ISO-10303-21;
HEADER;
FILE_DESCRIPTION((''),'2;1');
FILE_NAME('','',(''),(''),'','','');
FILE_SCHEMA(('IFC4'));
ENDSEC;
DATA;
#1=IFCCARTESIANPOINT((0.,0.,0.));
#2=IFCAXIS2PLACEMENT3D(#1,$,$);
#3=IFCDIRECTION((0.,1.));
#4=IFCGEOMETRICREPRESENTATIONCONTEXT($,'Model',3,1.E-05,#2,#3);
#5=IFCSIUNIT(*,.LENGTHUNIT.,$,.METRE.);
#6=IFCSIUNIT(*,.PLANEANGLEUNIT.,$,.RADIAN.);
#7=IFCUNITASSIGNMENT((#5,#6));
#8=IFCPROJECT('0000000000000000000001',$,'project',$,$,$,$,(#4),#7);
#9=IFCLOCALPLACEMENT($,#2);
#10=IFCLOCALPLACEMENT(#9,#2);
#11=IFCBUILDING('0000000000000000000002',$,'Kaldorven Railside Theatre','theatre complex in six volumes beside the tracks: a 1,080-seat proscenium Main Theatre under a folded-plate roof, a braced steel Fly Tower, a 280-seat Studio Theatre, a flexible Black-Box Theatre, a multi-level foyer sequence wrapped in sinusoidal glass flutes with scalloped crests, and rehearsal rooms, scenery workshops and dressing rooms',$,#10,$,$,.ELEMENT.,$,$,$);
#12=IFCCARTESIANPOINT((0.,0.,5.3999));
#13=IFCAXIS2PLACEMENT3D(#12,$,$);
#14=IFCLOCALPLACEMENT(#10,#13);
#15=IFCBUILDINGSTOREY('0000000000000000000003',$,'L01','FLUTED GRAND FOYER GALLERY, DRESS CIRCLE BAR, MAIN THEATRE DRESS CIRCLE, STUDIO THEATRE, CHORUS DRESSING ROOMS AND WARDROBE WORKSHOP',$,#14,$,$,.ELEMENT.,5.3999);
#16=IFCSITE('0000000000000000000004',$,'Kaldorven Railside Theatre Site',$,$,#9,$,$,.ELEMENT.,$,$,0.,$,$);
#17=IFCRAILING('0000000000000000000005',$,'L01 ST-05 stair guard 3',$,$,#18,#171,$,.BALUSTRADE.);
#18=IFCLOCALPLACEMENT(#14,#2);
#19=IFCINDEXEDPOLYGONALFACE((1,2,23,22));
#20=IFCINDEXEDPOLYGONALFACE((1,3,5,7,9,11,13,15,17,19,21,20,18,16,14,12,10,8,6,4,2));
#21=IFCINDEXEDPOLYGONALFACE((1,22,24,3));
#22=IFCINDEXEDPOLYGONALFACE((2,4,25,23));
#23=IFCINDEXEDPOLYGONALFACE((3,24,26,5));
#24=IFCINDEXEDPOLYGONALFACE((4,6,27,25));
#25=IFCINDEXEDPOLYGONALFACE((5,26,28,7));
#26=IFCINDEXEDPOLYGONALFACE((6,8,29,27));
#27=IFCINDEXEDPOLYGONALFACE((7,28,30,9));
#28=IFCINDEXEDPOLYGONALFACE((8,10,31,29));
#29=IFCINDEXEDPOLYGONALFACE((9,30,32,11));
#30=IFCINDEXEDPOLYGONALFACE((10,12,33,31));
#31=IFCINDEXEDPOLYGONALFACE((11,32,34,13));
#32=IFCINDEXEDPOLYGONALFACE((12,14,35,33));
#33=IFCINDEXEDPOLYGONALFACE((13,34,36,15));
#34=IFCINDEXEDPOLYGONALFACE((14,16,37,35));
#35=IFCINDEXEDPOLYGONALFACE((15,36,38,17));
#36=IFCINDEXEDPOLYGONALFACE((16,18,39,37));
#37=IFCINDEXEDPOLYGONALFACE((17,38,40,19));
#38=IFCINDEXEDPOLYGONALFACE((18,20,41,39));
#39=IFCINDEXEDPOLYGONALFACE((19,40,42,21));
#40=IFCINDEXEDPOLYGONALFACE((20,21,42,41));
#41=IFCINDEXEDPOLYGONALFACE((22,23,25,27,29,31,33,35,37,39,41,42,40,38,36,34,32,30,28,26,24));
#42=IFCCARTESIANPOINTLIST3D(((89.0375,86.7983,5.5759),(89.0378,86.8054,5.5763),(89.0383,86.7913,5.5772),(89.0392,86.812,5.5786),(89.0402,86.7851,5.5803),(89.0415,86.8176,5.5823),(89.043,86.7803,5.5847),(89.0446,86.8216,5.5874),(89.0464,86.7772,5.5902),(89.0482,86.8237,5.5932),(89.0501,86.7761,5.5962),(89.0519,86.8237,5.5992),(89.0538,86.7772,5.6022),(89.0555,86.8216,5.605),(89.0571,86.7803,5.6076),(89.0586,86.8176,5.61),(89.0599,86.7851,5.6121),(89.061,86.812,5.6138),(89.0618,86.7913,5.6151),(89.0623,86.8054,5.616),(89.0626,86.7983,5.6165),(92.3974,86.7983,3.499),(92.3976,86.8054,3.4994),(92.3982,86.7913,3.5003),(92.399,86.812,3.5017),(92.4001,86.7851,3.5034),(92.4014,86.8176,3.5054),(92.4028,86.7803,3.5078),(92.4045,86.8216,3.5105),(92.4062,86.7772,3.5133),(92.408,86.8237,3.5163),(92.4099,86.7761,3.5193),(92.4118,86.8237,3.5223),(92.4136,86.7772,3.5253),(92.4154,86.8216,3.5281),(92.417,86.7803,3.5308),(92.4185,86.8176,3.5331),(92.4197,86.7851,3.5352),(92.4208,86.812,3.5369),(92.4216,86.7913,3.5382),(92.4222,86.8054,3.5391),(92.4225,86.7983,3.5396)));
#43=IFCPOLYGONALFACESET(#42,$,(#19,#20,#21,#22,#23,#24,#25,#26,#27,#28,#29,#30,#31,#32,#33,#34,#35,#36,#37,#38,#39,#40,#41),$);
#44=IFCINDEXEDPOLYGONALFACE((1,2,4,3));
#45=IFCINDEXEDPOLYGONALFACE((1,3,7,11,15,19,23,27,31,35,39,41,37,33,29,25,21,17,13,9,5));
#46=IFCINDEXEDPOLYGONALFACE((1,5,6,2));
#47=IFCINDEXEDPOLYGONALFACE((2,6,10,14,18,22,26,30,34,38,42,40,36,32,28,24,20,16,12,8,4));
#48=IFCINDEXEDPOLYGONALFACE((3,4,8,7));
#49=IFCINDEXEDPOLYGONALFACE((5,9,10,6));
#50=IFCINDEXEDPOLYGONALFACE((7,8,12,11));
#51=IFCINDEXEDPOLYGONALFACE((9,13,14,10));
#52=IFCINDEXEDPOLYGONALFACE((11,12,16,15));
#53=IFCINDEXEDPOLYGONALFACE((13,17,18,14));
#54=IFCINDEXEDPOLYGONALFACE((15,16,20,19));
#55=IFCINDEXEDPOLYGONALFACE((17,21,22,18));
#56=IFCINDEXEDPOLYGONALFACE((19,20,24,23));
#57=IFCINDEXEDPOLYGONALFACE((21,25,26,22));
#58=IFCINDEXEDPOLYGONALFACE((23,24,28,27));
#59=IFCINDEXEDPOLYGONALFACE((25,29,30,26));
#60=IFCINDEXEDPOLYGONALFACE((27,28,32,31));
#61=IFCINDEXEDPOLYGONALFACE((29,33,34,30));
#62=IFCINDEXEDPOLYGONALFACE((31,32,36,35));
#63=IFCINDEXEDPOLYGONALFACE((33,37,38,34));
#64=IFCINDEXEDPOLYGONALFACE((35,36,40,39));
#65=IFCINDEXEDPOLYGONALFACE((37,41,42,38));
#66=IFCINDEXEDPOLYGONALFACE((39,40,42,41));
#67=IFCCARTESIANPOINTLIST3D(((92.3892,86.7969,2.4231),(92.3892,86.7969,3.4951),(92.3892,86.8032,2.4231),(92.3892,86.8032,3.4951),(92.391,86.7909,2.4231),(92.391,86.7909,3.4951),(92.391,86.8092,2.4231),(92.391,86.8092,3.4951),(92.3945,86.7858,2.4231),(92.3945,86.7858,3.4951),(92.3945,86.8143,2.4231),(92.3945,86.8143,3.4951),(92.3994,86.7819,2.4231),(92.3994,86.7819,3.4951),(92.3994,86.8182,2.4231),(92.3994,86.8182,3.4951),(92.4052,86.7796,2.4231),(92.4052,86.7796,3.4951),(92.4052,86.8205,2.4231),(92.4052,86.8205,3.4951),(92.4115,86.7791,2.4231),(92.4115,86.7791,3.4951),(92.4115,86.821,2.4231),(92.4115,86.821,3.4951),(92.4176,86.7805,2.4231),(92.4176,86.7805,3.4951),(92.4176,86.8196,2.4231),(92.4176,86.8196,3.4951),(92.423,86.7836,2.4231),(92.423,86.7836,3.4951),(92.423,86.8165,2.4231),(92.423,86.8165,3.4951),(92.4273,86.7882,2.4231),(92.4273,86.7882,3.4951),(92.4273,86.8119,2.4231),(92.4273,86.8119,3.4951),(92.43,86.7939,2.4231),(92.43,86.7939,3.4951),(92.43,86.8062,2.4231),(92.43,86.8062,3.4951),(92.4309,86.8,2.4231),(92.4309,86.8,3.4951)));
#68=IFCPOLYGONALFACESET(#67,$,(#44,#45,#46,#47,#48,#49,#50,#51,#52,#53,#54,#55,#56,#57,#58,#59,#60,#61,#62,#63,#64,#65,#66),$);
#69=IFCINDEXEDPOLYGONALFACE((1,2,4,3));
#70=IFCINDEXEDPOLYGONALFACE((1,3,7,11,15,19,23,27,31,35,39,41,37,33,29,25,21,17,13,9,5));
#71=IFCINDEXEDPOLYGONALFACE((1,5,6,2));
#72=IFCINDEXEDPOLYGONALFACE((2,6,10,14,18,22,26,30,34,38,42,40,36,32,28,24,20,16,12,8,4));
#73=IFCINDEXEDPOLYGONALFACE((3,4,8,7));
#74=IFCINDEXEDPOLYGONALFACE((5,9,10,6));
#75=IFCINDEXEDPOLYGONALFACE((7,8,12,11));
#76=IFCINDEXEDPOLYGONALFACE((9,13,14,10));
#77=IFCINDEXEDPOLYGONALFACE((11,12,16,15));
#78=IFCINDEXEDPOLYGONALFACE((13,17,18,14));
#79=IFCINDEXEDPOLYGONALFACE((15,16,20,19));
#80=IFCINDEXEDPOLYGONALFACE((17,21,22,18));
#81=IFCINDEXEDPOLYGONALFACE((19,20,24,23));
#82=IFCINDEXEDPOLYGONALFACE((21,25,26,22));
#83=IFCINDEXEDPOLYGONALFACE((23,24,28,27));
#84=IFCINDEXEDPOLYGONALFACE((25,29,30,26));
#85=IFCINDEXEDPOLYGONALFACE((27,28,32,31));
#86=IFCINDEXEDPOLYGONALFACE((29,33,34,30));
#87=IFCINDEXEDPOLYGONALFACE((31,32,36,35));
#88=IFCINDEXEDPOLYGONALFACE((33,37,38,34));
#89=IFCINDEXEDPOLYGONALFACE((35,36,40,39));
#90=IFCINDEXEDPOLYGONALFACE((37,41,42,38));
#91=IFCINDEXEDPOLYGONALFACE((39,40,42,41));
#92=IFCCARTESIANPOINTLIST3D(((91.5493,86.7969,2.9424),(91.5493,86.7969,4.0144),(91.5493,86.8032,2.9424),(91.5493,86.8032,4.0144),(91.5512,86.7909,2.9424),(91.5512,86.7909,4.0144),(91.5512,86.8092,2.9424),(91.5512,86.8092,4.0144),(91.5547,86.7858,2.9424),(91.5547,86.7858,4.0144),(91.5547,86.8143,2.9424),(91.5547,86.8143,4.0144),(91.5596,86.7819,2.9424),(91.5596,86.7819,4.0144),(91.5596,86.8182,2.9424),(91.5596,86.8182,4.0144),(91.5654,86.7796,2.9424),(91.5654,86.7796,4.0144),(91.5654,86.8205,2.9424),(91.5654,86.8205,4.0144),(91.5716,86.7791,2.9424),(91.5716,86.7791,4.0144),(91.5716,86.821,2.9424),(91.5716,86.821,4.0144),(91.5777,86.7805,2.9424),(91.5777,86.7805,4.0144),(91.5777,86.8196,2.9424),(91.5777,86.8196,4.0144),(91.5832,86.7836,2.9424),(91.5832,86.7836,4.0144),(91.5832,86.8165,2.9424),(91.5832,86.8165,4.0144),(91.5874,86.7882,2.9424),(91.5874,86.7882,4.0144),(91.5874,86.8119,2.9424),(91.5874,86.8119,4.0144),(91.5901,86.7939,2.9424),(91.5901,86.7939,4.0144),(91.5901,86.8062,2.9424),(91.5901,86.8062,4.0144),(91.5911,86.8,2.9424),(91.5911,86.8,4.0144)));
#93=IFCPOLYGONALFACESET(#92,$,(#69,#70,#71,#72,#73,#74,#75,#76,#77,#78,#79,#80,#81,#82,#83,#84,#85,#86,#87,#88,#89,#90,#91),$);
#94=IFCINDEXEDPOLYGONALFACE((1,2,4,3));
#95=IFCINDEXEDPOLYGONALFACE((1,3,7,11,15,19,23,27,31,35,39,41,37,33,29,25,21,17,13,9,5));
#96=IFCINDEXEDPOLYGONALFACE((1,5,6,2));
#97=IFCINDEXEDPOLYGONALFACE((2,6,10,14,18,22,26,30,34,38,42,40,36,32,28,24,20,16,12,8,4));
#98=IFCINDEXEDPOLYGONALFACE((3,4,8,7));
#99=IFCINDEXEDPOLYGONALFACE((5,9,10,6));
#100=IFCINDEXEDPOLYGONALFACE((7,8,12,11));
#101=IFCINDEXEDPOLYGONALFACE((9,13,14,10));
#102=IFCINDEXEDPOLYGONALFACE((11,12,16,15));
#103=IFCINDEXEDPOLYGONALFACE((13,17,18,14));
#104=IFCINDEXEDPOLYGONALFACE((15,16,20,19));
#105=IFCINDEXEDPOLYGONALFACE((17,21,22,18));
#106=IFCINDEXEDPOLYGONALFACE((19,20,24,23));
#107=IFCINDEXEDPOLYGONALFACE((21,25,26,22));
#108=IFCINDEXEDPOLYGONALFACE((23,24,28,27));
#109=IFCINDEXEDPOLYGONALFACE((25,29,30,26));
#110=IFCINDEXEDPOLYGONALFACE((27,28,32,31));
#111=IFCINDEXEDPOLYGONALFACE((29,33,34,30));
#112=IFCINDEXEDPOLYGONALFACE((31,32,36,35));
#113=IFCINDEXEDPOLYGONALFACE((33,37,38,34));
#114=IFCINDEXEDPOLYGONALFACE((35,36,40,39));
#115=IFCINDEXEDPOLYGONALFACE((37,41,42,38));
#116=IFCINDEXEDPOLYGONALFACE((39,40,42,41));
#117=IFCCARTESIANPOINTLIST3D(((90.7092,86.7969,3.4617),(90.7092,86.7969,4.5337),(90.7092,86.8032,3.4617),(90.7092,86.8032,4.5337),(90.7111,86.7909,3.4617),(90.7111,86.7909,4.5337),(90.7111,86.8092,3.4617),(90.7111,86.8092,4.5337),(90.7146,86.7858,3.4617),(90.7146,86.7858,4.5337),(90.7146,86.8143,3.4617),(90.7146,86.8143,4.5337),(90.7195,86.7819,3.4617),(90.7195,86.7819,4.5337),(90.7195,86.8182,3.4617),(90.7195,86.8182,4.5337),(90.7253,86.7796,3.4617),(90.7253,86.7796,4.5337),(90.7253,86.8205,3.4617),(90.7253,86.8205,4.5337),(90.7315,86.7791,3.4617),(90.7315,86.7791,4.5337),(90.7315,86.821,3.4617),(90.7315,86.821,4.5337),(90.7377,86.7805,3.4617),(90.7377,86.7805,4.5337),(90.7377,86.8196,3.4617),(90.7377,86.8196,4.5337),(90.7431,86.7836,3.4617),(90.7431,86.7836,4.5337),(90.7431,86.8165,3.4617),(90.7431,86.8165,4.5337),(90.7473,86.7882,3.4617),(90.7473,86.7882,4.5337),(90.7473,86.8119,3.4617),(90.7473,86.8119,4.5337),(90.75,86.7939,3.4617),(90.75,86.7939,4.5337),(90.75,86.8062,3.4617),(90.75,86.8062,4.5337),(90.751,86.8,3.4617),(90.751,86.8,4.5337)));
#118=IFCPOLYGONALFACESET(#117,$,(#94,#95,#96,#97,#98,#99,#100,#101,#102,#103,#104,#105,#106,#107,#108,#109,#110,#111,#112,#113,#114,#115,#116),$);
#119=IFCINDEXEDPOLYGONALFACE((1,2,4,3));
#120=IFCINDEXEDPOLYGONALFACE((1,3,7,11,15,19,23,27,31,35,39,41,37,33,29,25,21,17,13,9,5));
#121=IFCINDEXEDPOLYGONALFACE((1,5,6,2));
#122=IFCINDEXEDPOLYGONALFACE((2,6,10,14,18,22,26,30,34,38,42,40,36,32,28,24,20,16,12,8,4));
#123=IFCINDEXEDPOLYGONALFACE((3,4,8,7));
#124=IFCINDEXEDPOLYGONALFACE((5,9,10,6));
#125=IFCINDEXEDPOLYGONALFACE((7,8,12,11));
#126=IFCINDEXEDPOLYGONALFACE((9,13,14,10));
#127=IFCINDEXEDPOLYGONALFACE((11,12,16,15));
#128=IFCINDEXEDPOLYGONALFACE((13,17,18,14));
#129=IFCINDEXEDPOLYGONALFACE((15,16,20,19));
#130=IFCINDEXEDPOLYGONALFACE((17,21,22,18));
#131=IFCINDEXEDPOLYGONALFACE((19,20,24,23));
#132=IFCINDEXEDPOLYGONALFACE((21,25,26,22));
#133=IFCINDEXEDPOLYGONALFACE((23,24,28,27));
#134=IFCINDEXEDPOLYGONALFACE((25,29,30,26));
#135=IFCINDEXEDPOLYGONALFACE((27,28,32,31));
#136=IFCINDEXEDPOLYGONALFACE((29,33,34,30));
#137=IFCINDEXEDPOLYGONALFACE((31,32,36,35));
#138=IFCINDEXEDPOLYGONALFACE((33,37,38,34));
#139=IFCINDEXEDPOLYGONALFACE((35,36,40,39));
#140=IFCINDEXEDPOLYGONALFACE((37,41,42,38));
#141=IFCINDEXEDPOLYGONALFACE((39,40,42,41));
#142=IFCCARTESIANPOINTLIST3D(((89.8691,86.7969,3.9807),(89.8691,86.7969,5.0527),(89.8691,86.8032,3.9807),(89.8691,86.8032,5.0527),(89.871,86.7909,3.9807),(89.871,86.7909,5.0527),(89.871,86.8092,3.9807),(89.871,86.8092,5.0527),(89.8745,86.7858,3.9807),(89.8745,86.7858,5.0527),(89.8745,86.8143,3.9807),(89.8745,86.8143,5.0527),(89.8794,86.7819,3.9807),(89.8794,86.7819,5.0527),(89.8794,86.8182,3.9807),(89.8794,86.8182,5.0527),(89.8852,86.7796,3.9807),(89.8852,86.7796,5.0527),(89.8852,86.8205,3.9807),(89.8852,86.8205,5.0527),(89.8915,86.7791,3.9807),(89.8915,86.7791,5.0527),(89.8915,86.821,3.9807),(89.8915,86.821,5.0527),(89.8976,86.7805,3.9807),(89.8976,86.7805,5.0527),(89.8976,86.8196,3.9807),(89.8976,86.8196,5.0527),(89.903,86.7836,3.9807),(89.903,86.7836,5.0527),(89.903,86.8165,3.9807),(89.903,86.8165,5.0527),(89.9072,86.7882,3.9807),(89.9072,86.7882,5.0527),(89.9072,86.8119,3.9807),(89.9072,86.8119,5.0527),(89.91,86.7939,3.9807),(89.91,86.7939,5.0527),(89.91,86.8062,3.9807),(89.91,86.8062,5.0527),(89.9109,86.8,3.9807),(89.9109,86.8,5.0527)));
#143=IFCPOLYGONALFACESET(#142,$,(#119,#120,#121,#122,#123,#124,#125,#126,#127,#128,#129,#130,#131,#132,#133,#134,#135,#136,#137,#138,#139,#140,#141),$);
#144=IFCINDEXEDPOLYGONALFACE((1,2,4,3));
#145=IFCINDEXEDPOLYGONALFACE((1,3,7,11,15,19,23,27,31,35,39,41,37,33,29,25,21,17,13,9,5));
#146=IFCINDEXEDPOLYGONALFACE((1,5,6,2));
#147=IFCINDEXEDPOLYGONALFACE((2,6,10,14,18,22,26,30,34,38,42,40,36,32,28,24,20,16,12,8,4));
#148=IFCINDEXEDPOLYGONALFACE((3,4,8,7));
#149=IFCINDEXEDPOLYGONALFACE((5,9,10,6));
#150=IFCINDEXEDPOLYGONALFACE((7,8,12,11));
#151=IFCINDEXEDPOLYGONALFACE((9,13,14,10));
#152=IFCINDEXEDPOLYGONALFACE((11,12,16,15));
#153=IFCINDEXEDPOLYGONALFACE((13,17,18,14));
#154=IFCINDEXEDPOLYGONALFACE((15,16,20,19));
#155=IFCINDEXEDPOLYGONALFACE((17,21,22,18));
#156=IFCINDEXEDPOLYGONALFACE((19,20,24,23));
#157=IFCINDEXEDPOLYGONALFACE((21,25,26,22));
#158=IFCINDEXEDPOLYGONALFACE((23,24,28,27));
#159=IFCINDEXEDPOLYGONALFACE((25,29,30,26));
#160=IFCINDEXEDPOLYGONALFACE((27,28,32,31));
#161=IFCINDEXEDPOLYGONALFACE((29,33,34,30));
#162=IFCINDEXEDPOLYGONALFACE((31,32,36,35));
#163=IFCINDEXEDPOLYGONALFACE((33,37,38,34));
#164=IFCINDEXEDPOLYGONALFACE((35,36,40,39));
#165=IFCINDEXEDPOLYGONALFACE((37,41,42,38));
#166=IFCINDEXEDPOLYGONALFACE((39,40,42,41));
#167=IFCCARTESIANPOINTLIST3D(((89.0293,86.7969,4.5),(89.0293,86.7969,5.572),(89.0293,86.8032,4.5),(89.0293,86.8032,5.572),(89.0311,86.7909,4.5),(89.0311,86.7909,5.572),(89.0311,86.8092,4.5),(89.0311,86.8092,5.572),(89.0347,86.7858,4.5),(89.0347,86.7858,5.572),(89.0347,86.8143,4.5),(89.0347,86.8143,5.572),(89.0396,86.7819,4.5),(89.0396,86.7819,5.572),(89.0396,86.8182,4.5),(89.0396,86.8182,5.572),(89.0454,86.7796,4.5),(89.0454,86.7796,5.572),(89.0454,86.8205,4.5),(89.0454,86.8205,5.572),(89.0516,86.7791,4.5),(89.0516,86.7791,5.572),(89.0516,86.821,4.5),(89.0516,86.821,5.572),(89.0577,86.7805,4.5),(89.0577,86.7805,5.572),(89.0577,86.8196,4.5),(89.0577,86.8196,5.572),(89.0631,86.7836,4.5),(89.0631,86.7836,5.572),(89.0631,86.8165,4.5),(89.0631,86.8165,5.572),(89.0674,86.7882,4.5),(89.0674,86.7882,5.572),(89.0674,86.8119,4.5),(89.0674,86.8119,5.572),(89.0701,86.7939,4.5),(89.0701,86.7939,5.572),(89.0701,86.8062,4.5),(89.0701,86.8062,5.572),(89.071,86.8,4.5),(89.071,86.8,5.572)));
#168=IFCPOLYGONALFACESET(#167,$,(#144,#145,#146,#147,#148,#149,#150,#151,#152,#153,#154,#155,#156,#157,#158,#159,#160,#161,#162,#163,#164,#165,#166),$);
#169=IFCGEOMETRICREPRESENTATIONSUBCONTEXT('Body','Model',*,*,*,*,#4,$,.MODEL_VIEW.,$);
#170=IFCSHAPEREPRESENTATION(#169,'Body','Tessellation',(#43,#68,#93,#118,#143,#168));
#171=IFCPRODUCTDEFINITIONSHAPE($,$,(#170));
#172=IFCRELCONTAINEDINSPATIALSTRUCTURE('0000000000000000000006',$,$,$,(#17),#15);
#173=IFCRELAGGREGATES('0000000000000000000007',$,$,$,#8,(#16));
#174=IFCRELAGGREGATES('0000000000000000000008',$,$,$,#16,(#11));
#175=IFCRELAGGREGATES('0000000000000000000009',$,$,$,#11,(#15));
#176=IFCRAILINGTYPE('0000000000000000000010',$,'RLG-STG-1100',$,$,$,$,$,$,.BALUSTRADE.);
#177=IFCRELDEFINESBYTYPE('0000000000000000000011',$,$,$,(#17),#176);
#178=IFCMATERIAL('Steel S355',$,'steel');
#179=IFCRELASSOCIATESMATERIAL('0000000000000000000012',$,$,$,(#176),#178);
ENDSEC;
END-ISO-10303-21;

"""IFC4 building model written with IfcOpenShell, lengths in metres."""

from ifc_helpers import new_model, si_unit, direction, frame, origin, origin_2d, place, context, subcontext, project, spatial, circle, extrude, material, type_object, element, save


model = new_model("IFC4")

# Units and contexts
model_context = context("Model", 3, precision=1e-05, world=origin(), true_north=direction((0.0, 1.0)))
body_context = subcontext(model_context, "Body", "Model", "MODEL_VIEW")
ifc_project = project(units=[si_unit("LENGTHUNIT", "METRE"), si_unit("PLANEANGLEUNIT", "RADIAN")], contexts=[model_context])

# Site, building, storey
site_placement = place(None, origin())
site = spatial("IfcSite", under=ifc_project, at=site_placement, Name="Kaldorven Railside Theatre Site", CompositionType="ELEMENT", RefElevation=0.0)
building_placement = place(site_placement, origin())
building = spatial("IfcBuilding", under=site, at=building_placement, Name="Kaldorven Railside Theatre", Description="theatre complex in six volumes beside the tracks: a 1,080-seat proscenium Main Theatre under a folded-plate roof, a braced steel Fly Tower, a 280-seat Studio Theatre, a flexible Black-Box Theatre, a multi-level foyer sequence wrapped in sinusoidal glass flutes with scalloped crests, and rehearsal rooms, scenery workshops and dressing rooms", CompositionType="ELEMENT")
storey_placement = place(building_placement, frame((0.0, 0.0, 5.3999)))
storey = spatial("IfcBuildingStorey", under=building, at=storey_placement, Name="L01", Description="FLUTED GRAND FOYER GALLERY, DRESS CIRCLE BAR, MAIN THEATRE DRESS CIRCLE, STUDIO THEATRE, CHORUS DRESSING ROOMS AND WARDROBE WORKSHOP", CompositionType="ELEMENT", Elevation=5.3999)

# Shared definitions
ifc_material_1 = material(Name="Steel S355", Category="steel")

# Railing
railing_type_1 = type_object("IfcRailingType", Name="RLG-STG-1100", PredefinedType="BALUSTRADE", material=ifc_material_1)
railing_1_placement = place(storey_placement, frame((92.4099, 86.8, 2.4231)))
element("IfcRailing", 1, at=railing_1_placement, inside=storey, type_object=railing_type_1, Name="L01 ST-05 stair guard 3", PredefinedType="BALUSTRADE", context=body_context, shape_type="SweptSolid", body=[
    extrude(circle(Radius=0.0239, at=origin_2d()), frame((0.0, 0.0, 1.0962), z_axis=(-0.850606, 0.0, 0.525803), x_axis=(0.0, -1.0, 0.0)), (0.0, 0.0, 1.0), 3.95),
    extrude(circle(Radius=0.021, at=origin_2d()), origin(), (0.0, 0.0, 1.0), 1.072),
    extrude(circle(Radius=0.021, at=origin_2d()), frame((-0.8398, 0.0, 0.5193)), (0.0, 0.0, 1.0), 1.072),
    extrude(circle(Radius=0.021, at=origin_2d()), frame((-1.6799, 0.0, 1.0386)), (0.0, 0.0, 1.0), 1.072),
    extrude(circle(Radius=0.021, at=origin_2d()), frame((-2.52, 0.0, 1.5576)), (0.0, 0.0, 1.0), 1.072),
    extrude(circle(Radius=0.021, at=origin_2d()), frame((-3.3599, 0.0, 2.0769)), (0.0, 0.0, 1.0), 1.072),
])

save(model, "model.ifc")
